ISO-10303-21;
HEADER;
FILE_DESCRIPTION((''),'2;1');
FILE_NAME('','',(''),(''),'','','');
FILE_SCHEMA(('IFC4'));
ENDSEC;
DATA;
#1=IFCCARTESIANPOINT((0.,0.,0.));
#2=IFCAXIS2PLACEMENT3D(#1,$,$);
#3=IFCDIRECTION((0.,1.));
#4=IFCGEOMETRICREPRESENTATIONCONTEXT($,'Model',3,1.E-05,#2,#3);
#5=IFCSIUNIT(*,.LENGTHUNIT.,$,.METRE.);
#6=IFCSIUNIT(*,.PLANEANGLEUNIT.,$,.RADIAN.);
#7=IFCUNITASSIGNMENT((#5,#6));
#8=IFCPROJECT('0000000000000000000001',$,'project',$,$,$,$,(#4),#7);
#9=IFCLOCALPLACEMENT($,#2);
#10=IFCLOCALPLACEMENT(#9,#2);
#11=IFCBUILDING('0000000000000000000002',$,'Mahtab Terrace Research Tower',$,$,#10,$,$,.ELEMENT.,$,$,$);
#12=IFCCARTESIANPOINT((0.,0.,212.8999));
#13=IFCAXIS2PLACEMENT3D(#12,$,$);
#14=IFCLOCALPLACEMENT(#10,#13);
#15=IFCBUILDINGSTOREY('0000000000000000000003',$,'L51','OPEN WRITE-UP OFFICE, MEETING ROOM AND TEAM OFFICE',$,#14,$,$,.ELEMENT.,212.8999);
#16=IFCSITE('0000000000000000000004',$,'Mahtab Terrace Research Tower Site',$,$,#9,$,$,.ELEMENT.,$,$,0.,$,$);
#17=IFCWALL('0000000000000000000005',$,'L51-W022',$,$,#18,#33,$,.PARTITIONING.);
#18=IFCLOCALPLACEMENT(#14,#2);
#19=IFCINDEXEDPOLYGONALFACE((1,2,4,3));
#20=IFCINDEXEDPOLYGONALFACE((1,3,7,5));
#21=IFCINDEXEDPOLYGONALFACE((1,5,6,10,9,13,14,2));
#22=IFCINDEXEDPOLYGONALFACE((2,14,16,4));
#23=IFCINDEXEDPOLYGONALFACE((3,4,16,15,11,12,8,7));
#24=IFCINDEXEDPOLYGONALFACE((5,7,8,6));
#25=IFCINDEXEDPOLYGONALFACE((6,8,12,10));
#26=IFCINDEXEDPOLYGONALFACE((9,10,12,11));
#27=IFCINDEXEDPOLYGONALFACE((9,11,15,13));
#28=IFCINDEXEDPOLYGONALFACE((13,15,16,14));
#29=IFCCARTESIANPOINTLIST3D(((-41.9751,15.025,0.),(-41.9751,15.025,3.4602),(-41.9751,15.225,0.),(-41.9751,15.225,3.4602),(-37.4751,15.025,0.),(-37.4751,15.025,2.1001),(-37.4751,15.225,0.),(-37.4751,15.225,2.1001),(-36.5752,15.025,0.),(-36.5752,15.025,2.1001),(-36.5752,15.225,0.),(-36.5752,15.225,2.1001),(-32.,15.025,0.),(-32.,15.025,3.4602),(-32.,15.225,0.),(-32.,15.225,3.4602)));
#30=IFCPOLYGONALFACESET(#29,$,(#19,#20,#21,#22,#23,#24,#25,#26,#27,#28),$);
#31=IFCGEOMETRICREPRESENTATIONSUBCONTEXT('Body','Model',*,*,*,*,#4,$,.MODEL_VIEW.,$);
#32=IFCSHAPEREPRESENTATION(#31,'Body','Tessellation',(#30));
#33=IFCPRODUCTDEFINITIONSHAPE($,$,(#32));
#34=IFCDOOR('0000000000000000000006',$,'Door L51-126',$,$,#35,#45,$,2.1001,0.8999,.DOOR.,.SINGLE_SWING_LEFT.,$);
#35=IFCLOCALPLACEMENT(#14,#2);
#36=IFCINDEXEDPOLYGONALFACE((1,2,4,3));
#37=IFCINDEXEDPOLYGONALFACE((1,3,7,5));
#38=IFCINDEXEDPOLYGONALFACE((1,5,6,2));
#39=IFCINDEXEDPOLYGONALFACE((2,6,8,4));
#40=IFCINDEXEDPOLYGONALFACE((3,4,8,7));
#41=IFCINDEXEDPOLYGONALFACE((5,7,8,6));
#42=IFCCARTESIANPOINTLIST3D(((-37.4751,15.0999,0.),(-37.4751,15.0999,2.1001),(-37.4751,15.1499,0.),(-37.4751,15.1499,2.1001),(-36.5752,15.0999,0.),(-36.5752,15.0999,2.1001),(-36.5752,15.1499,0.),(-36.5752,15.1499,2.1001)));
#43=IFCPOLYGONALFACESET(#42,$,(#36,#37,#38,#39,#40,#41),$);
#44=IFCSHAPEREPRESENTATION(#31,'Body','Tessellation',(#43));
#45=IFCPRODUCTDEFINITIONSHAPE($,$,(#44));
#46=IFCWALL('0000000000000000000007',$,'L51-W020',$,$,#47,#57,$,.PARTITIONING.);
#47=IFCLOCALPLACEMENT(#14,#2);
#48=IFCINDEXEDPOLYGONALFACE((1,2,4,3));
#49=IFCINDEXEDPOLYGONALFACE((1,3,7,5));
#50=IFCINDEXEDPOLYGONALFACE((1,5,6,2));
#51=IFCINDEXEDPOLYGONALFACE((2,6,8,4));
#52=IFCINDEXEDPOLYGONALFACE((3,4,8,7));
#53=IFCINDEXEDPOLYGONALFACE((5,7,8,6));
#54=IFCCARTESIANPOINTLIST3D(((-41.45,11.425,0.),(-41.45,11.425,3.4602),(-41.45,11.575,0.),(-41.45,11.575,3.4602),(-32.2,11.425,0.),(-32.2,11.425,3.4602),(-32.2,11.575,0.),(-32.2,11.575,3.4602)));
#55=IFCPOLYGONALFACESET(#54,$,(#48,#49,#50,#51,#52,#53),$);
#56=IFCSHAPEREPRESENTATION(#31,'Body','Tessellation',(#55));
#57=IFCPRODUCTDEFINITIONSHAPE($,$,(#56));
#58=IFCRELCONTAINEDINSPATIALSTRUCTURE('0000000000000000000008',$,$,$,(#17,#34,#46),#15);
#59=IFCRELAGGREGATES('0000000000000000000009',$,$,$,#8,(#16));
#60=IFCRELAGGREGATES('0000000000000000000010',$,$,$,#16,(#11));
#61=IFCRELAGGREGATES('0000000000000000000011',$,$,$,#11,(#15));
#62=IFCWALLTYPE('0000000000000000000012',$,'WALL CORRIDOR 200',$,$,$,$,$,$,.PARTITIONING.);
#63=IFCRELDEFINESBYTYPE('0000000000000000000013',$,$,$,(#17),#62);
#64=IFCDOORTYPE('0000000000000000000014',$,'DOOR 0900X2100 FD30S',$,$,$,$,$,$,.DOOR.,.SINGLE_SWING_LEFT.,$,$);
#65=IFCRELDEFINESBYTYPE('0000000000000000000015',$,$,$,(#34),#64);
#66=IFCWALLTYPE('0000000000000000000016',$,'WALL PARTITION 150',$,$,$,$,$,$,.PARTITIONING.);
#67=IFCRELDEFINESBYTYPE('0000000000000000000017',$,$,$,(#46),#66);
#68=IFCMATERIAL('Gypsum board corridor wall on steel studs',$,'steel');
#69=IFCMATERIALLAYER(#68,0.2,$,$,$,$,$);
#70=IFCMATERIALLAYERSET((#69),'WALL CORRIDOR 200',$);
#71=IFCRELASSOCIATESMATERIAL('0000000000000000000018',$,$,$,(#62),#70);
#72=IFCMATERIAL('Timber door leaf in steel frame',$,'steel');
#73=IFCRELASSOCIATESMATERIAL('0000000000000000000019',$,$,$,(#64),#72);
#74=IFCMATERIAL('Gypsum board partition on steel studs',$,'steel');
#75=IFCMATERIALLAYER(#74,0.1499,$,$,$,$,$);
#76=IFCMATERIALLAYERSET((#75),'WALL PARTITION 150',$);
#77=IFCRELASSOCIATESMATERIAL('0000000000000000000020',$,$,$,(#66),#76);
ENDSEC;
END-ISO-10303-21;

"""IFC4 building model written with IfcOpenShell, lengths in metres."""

from ifc_helpers import new_model, si_unit, direction, frame, frame_2d, origin, place, context, subcontext, project, spatial, rectangle, extrude, material, layer, layer_set, type_object, element, fill, save


model = new_model("IFC4")

# Units and contexts
model_context = context("Model", 3, precision=1e-05, world=origin(), true_north=direction((0.0, 1.0)))
body_context = subcontext(model_context, "Body", "Model", "MODEL_VIEW")
ifc_project = project(units=[si_unit("LENGTHUNIT", "METRE"), si_unit("PLANEANGLEUNIT", "RADIAN")], contexts=[model_context])

# Site, building, storey
site_placement = place(None, origin())
site = spatial("IfcSite", under=ifc_project, at=site_placement, Name="Mahtab Terrace Research Tower Site", CompositionType="ELEMENT", RefElevation=0.0)
building_placement = place(site_placement, origin())
building = spatial("IfcBuilding", under=site, at=building_placement, Name="Mahtab Terrace Research Tower", CompositionType="ELEMENT")
storey_placement = place(building_placement, frame((0.0, 0.0, 212.8999)))
storey = spatial("IfcBuildingStorey", under=building, at=storey_placement, Name="L51", Description="OPEN WRITE-UP OFFICE, MEETING ROOM AND TEAM OFFICE", CompositionType="ELEMENT", Elevation=212.8999)

# Wall, opening, door
ifc_material_1 = material(Name="Gypsum board corridor wall on steel studs", Category="steel")
ifc_layer_1 = layer(ifc_material_1, 0.2)
ifc_layer_set_1 = layer_set([ifc_layer_1], Name="WALL CORRIDOR 200")
wall_type_1 = type_object("IfcWallType", Name="WALL CORRIDOR 200", PredefinedType="PARTITIONING", material=ifc_layer_set_1)
wall_1_placement = place(storey_placement, frame((-41.9751, 15.125, 0.0), z_axis=(0.0, 0.0, 1.0), x_axis=(1.0, 0.0, 0.0)))
wall_1 = element("IfcWall", 1, at=wall_1_placement, inside=storey, type_object=wall_type_1, Name="L51-W022", PredefinedType="PARTITIONING", context=body_context, shape_type="SweptSolid", body=[
    extrude(rectangle(XDim=9.9751, YDim=0.2, at=frame_2d((4.9875, 0.0))), origin(), (0.0, 0.0, 1.0), 3.4602),
])
opening_placement = place(wall_1_placement, frame((4.5, 0.0, 0.0)))
opening = element("IfcOpeningElement", 2, at=opening_placement, cuts=wall_1, PredefinedType="OPENING", context=body_context, shape_type="SweptSolid", body=[
    extrude(rectangle(XDim=0.8999, YDim=2.1001, at=frame_2d((0.45, 1.05))), frame((0.0, 0.1099, 0.0), z_axis=(0.0, -1.0, 0.0), x_axis=(1.0, 0.0, 0.0)), (0.0, 0.0, 1.0), 0.22),
])
ifc_material_2 = material(Name="Timber door leaf in steel frame", Category="steel")
door_type = type_object("IfcDoorType", Name="DOOR 0900X2100 FD30S", OperationType="SINGLE_SWING_LEFT", PredefinedType="DOOR", material=ifc_material_2)
door_placement = place(opening_placement, origin())
door = element("IfcDoor", 3, at=door_placement, inside=storey, type_object=door_type, Name="Door L51-126", OperationType="SINGLE_SWING_LEFT", OverallHeight=2.1001, OverallWidth=0.8999, PredefinedType="DOOR", context=body_context, shape_type="SweptSolid", body=[
    extrude(rectangle(XDim=0.8999, YDim=2.1001, at=frame_2d((0.45, 1.05))), frame((0.0, 0.0249, 0.0), z_axis=(0.0, -1.0, 0.0), x_axis=(1.0, 0.0, 0.0)), (0.0, 0.0, 1.0), 0.05),
])
fill(opening, door)

# Wall
ifc_material_3 = material(Name="Gypsum board partition on steel studs", Category="steel")
ifc_layer_2 = layer(ifc_material_3, 0.1499)
ifc_layer_set_2 = layer_set([ifc_layer_2], Name="WALL PARTITION 150")
wall_type_2 = type_object("IfcWallType", Name="WALL PARTITION 150", PredefinedType="PARTITIONING", material=ifc_layer_set_2)
wall_2_placement = place(storey_placement, frame((-41.45, 11.5, 0.0), z_axis=(0.0, 0.0, 1.0), x_axis=(1.0, 0.0, 0.0)))
element("IfcWall", 4, at=wall_2_placement, inside=storey, type_object=wall_type_2, Name="L51-W020", PredefinedType="PARTITIONING", context=body_context, shape_type="SweptSolid", body=[
    extrude(rectangle(XDim=9.25, YDim=0.1499, at=frame_2d((4.625, 0.0))), origin(), (0.0, 0.0, 1.0), 3.4602),
])

save(model, "model.ifc")
